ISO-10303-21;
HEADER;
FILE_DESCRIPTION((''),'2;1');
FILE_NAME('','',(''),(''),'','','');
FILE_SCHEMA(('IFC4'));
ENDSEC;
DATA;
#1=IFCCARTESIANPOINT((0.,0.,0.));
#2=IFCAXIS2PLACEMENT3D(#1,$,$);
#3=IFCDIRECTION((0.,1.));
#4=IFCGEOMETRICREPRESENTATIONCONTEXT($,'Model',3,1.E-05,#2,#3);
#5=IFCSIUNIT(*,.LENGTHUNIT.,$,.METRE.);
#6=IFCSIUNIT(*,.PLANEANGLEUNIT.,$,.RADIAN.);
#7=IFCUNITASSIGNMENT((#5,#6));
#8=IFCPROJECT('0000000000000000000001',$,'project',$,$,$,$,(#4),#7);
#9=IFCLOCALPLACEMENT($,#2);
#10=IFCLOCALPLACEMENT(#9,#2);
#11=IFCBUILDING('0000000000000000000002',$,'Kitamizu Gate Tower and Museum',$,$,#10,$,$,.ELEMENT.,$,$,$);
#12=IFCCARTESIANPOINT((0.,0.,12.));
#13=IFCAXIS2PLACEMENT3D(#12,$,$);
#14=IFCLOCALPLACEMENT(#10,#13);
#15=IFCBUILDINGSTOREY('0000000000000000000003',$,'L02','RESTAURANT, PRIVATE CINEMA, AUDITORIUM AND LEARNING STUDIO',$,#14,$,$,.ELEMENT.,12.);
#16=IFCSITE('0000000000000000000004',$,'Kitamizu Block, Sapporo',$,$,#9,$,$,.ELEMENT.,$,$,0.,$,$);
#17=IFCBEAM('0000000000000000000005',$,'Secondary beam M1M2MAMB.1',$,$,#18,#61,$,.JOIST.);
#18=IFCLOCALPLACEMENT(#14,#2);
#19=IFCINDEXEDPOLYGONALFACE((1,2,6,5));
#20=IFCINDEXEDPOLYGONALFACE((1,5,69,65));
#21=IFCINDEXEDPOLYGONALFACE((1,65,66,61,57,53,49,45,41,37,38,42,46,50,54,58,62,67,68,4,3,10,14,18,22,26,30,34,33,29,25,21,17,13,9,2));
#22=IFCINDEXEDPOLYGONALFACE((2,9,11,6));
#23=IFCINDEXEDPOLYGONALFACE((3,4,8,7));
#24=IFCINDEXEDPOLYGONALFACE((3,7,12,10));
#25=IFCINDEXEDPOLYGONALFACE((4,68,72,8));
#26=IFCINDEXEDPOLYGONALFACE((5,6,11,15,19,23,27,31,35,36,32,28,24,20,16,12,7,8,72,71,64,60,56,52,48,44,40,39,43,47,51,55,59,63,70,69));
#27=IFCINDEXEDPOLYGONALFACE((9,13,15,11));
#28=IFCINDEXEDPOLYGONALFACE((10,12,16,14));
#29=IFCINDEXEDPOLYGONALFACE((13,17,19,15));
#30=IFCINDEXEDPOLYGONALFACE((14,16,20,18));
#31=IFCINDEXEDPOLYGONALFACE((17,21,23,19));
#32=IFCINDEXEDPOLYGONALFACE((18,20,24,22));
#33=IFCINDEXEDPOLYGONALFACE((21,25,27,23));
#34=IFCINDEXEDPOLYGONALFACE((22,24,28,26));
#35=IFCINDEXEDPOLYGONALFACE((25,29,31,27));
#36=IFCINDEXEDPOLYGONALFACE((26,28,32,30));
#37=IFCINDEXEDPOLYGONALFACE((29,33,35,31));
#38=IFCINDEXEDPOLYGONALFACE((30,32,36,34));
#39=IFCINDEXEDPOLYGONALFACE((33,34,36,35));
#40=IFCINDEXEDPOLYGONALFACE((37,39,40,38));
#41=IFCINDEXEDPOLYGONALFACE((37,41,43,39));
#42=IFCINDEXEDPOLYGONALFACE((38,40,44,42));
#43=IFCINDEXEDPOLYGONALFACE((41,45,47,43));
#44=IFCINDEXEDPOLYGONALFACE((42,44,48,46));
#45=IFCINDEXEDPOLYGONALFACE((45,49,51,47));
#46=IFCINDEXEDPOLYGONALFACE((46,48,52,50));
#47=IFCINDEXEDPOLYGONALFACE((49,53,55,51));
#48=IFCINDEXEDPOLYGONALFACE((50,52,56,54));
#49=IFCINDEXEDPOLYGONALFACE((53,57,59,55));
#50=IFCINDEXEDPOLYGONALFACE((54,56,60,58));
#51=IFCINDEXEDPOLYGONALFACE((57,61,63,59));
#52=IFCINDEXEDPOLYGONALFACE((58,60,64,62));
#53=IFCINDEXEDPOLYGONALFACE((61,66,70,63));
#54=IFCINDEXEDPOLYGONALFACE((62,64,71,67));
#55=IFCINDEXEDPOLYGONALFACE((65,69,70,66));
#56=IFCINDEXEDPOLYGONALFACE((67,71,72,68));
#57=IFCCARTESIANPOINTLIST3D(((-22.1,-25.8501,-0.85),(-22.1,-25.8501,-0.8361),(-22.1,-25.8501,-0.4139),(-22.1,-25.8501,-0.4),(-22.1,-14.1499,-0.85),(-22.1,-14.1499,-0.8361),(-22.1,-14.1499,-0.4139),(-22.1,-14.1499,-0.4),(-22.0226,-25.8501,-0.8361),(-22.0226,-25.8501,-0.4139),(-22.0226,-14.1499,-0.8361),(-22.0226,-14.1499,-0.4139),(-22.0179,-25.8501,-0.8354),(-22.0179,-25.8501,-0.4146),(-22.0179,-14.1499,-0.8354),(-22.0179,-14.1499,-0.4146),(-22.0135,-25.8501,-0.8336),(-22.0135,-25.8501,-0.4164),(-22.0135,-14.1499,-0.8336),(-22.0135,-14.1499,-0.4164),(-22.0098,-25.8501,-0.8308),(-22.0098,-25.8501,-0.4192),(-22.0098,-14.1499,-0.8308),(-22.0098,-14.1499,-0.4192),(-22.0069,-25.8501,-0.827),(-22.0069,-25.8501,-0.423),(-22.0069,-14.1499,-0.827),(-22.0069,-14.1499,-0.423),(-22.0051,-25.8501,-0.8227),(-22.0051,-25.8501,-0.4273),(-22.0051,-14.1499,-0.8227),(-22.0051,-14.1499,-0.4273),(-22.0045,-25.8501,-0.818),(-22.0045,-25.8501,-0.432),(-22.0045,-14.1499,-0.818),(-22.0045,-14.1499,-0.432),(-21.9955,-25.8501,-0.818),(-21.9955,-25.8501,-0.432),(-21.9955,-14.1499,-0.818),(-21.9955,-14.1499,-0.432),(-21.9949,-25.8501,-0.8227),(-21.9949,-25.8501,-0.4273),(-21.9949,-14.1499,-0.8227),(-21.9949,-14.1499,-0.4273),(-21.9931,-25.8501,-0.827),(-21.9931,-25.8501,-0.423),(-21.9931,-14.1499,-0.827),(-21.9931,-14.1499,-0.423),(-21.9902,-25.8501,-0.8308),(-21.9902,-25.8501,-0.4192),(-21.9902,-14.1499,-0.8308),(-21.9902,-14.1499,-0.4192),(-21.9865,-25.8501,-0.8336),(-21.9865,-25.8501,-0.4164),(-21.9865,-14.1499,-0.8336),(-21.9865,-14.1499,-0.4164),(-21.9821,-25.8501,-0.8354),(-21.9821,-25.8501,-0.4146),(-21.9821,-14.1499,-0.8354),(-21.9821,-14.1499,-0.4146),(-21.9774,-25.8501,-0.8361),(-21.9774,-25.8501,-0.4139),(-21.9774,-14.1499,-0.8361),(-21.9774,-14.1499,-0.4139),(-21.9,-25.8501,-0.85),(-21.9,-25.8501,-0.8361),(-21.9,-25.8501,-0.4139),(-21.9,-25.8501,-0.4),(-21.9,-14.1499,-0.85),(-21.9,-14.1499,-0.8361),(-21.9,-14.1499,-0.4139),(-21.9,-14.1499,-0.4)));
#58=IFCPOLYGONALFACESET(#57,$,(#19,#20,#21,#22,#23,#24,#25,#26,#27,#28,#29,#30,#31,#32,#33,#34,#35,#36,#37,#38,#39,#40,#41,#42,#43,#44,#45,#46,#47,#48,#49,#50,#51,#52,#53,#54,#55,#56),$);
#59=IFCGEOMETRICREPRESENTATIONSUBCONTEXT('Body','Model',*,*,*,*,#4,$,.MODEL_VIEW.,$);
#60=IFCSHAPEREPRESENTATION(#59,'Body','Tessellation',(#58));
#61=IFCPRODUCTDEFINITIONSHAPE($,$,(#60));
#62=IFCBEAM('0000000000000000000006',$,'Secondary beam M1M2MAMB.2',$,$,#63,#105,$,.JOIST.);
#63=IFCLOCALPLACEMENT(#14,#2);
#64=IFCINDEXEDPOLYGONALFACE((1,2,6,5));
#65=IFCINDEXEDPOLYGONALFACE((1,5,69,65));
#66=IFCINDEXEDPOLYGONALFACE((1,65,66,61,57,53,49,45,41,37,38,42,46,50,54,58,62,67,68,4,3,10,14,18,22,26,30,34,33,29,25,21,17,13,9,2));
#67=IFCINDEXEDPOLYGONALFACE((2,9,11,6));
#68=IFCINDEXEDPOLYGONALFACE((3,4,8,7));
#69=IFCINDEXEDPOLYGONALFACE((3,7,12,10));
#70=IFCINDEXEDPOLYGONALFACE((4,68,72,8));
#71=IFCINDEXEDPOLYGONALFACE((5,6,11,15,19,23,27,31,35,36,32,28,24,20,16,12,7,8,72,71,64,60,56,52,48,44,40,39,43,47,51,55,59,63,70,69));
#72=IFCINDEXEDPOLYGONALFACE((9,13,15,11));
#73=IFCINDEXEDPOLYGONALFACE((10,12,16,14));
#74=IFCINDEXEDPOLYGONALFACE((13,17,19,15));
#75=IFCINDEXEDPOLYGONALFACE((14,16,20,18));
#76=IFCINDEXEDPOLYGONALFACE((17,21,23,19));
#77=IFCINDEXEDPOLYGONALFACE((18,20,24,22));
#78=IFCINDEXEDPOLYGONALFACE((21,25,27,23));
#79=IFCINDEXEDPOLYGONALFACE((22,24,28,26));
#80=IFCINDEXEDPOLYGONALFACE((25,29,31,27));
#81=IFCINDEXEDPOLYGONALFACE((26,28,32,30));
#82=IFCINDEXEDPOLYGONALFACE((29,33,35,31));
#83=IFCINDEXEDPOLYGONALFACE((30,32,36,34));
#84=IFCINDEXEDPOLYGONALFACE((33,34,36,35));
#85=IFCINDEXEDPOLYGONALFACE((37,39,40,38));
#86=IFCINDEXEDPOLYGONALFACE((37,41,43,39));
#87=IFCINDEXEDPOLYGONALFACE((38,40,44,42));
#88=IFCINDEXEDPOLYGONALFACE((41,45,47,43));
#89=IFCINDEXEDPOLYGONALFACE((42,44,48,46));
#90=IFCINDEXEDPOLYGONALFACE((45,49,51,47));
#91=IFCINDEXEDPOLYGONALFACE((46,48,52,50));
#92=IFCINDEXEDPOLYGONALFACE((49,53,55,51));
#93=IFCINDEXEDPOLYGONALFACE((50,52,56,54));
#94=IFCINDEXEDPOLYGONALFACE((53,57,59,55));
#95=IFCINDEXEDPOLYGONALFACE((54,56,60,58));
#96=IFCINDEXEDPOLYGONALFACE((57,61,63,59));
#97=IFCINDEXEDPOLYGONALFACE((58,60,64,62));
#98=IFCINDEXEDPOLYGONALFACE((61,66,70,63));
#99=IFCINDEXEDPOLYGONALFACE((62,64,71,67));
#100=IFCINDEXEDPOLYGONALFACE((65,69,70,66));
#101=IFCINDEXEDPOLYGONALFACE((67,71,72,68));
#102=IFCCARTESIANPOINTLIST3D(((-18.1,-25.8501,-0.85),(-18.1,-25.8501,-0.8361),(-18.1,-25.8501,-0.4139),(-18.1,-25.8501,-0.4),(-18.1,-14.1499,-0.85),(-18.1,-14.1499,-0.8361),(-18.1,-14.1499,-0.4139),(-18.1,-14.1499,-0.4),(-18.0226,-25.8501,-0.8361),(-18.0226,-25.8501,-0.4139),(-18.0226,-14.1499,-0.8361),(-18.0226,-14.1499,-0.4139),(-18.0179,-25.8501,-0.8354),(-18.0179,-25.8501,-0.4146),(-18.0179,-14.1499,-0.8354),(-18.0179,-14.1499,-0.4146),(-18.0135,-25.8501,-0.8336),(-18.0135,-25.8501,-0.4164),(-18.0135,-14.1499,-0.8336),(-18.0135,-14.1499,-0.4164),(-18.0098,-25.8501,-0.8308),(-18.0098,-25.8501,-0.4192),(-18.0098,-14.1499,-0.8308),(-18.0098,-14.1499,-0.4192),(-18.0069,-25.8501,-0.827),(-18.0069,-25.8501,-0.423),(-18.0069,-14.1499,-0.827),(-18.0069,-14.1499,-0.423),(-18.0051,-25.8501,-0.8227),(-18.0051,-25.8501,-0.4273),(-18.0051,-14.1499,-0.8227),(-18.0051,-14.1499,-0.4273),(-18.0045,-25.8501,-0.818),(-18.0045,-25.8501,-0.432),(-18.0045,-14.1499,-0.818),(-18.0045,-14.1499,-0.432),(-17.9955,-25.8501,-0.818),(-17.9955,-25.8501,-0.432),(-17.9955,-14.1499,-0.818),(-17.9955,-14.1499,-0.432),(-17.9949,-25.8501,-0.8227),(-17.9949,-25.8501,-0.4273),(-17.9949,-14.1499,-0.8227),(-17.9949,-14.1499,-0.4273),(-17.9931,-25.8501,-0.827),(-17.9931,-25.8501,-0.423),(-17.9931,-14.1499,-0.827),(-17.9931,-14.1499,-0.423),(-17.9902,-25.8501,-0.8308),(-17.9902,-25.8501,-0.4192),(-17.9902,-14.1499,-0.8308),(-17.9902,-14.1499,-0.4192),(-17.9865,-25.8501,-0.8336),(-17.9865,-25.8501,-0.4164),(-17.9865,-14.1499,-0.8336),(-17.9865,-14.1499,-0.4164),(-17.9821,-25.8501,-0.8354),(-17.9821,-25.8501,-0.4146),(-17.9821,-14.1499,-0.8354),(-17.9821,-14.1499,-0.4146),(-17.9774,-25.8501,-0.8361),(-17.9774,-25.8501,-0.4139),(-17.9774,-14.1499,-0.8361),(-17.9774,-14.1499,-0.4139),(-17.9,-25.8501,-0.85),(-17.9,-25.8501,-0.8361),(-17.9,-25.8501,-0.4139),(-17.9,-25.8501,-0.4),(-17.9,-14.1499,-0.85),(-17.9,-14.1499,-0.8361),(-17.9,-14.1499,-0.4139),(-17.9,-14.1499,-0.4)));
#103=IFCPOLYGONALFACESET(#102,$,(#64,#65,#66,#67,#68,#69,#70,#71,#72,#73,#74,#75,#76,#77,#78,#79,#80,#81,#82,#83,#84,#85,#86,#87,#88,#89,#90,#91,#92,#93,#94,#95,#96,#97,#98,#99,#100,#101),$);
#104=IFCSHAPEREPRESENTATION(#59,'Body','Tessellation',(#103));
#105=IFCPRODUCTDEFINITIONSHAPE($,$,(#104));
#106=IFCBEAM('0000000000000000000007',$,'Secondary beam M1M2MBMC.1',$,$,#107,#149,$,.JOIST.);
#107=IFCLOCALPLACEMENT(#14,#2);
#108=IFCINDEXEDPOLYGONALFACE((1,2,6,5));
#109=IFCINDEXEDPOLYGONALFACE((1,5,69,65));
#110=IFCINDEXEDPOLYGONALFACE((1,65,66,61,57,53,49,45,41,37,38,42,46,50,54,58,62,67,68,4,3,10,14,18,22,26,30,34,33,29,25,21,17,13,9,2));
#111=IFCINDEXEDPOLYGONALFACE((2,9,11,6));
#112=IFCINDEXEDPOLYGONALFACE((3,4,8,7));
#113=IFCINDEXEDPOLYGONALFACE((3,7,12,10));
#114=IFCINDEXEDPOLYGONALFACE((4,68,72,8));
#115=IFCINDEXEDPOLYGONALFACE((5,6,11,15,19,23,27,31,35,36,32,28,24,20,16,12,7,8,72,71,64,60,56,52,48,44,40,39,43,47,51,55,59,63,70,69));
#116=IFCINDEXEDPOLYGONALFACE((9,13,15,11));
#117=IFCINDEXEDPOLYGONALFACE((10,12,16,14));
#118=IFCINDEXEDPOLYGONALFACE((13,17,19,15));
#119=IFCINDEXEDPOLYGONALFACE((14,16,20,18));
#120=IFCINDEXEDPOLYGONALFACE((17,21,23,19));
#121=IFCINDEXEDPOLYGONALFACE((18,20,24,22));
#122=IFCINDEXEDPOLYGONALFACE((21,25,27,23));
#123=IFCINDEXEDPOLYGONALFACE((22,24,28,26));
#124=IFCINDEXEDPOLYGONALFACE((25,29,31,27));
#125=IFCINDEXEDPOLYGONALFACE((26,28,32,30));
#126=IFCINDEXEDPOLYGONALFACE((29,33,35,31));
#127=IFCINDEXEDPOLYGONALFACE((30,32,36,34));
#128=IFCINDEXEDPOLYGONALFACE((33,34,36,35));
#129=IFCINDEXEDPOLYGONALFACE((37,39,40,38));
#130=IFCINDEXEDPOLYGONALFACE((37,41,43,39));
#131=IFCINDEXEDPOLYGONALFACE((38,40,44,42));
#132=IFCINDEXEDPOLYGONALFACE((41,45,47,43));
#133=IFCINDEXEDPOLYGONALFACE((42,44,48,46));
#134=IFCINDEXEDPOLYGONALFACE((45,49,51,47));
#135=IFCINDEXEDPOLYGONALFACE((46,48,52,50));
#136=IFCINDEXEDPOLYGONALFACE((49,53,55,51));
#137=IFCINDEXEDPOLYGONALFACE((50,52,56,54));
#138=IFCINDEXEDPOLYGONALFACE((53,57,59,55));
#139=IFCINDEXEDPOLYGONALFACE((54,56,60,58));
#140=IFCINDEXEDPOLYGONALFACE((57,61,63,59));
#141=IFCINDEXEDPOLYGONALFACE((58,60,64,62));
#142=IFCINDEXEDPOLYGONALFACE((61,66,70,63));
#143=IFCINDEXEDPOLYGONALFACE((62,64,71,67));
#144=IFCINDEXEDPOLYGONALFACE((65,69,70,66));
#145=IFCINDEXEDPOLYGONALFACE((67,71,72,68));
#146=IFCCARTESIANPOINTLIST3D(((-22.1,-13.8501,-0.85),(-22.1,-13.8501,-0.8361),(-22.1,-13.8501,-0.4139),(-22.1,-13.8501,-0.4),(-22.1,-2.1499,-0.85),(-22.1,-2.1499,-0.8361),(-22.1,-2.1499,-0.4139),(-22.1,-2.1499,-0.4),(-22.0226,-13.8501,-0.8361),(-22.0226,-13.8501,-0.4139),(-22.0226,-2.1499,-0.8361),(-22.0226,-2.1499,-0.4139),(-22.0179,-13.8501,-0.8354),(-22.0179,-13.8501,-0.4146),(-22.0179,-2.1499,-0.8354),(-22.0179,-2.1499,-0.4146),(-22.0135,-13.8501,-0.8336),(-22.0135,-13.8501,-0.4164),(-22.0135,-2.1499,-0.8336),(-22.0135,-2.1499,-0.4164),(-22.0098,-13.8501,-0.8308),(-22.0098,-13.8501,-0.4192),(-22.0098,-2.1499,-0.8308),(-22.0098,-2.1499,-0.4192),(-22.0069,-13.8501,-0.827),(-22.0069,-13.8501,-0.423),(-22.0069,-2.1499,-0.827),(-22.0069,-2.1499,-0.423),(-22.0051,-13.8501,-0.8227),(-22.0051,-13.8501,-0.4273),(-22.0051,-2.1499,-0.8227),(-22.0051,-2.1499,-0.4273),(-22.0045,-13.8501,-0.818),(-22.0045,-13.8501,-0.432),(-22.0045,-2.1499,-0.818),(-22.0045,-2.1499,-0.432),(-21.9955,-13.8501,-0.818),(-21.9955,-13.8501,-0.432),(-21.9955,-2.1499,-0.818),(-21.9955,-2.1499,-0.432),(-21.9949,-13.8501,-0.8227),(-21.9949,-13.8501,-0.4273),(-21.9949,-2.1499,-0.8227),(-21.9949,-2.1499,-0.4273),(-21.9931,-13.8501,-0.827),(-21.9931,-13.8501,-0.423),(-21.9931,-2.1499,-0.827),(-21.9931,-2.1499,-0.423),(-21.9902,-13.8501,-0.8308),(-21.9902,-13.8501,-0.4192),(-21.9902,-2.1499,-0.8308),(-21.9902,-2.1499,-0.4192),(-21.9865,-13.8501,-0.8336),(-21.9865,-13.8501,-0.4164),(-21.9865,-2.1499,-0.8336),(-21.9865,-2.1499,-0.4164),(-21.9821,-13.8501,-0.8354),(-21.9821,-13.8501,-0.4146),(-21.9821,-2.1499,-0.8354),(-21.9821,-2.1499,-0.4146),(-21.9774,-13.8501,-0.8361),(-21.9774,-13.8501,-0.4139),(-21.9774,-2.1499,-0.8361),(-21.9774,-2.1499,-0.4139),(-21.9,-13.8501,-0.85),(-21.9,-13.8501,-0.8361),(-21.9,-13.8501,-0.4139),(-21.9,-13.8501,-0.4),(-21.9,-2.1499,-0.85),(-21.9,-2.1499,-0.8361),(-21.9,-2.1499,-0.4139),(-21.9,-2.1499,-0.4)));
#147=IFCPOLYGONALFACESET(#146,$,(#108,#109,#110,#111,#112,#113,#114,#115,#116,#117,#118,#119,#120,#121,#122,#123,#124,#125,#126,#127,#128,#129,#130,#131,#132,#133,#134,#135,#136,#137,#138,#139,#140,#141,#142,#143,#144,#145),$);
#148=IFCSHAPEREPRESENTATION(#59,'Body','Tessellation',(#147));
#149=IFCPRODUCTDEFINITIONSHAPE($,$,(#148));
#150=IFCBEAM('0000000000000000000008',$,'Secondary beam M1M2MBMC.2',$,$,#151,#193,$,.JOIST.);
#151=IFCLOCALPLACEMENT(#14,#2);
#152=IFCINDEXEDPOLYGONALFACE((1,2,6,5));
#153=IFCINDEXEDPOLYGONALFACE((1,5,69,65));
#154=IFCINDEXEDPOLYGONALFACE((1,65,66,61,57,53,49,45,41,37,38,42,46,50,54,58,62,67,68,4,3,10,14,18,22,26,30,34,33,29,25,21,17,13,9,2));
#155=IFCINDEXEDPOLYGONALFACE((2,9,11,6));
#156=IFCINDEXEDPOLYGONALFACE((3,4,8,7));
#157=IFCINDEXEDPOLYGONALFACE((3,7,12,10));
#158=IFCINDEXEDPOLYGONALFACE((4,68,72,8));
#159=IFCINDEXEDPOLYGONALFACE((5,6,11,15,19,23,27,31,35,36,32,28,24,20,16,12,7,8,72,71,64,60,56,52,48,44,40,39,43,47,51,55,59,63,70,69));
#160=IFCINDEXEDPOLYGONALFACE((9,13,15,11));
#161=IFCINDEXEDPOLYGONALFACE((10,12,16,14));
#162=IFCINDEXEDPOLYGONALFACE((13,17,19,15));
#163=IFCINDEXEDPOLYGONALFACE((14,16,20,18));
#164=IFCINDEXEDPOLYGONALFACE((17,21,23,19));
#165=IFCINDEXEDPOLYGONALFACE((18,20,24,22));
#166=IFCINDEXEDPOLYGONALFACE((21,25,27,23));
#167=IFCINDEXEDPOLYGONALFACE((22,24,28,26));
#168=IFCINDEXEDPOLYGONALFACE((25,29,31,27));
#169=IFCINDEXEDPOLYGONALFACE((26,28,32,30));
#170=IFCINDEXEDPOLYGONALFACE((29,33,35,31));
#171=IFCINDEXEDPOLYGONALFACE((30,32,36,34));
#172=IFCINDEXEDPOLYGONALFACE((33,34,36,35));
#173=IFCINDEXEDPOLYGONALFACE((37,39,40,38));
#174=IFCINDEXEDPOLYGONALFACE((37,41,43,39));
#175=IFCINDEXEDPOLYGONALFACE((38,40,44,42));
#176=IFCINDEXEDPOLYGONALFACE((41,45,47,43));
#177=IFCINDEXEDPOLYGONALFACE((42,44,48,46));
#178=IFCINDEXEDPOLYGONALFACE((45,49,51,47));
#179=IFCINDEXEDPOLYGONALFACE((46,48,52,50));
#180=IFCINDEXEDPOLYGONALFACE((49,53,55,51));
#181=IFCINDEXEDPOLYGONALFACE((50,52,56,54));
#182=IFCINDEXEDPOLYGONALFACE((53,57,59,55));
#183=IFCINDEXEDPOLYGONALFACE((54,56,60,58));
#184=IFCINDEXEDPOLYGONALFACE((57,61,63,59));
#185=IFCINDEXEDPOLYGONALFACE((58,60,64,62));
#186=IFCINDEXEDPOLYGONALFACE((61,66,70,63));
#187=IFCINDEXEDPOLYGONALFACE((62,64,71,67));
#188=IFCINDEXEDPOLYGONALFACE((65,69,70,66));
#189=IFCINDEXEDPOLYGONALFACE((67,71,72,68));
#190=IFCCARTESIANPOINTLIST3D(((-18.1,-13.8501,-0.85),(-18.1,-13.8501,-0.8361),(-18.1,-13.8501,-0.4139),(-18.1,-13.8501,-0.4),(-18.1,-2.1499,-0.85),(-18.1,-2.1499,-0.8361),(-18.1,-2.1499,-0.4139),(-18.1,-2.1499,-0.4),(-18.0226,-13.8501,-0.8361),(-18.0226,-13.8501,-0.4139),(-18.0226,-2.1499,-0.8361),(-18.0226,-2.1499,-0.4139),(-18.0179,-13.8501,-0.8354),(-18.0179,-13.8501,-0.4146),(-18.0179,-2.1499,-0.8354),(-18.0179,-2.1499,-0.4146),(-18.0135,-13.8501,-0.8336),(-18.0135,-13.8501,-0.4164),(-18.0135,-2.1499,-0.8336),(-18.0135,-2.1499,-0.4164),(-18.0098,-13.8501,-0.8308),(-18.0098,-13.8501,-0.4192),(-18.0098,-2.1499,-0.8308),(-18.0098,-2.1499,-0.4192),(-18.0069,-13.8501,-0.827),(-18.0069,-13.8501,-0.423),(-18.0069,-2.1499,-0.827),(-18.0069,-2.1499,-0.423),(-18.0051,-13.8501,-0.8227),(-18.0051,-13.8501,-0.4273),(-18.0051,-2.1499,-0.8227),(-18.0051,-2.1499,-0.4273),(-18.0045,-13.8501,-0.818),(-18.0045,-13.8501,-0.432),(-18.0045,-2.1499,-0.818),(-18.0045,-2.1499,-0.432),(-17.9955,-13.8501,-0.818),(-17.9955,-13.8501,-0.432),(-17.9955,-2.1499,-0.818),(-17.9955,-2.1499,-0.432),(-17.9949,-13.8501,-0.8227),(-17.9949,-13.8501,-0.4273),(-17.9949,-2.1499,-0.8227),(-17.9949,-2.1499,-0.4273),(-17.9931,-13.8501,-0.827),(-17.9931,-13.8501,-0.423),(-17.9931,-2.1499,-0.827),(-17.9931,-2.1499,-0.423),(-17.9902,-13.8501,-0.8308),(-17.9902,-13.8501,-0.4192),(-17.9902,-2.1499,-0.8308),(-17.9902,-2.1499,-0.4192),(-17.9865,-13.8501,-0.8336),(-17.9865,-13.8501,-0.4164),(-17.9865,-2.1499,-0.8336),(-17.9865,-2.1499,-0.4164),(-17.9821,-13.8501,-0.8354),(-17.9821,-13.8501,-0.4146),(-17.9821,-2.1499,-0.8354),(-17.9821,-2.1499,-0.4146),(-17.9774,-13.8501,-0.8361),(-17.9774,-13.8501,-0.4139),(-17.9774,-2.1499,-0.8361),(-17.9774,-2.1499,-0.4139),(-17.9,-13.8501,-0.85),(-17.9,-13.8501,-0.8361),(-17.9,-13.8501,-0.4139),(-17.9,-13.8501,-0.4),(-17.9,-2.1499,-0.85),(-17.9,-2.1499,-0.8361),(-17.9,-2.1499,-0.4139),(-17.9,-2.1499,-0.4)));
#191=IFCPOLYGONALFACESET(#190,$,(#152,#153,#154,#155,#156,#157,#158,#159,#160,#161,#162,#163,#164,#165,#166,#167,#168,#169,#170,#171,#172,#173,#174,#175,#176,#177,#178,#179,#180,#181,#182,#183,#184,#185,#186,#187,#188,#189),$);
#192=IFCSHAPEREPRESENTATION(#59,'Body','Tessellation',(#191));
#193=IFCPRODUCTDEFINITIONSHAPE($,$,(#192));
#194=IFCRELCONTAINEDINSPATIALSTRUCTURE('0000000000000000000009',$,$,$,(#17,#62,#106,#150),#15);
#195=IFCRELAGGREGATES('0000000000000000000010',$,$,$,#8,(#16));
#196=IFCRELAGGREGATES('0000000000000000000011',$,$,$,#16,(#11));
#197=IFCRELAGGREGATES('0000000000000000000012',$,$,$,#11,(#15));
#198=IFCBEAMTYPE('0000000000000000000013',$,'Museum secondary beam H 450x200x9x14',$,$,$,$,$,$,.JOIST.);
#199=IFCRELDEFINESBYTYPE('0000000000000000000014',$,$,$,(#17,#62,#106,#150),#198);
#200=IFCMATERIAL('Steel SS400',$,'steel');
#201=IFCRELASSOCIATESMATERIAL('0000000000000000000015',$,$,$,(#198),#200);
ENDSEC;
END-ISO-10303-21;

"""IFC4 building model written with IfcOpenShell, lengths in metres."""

from ifc_helpers import new_model, si_unit, direction, frame, origin, origin_2d, place, context, subcontext, project, spatial, i_section, extrude, material, material_profile, profile_set, type_object, element, save


model = new_model("IFC4")

# Units and contexts
model_context = context("Model", 3, precision=1e-05, world=origin(), true_north=direction((0.0, 1.0)))
body_context = subcontext(model_context, "Body", "Model", "MODEL_VIEW")
ifc_project = project(units=[si_unit("LENGTHUNIT", "METRE"), si_unit("PLANEANGLEUNIT", "RADIAN")], contexts=[model_context])

# Site, building, storey
site_placement = place(None, origin())
site = spatial("IfcSite", under=ifc_project, at=site_placement, Name="Kitamizu Block, Sapporo", CompositionType="ELEMENT", RefElevation=0.0)
building_placement = place(site_placement, origin())
building = spatial("IfcBuilding", under=site, at=building_placement, Name="Kitamizu Gate Tower and Museum", CompositionType="ELEMENT")
storey_placement = place(building_placement, frame((0.0, 0.0, 12.0)))
storey = spatial("IfcBuildingStorey", under=building, at=storey_placement, Name="L02", Description="RESTAURANT, PRIVATE CINEMA, AUDITORIUM AND LEARNING STUDIO", CompositionType="ELEMENT", Elevation=12.0)

# Beams
ifc_material_1 = material(Name="Steel SS400", Category="steel")
ifc_material_profile_1 = material_profile(ifc_material_1, i_section(OverallWidth=0.2, OverallDepth=0.45, WebThickness=0.009, FlangeThickness=0.0139, FilletRadius=0.0181, at=origin_2d()), Name="H-450x200x9x14")
ifc_profile_set_1 = profile_set([ifc_material_profile_1], Name="Steel SS400")
beam_type_1 = type_object("IfcBeamType", Name="Museum secondary beam H 450x200x9x14", PredefinedType="JOIST", material=ifc_profile_set_1)
for number, where, z_axis, x_axis, name in (
    (1, (-22.0, -25.8501, -0.625), (0.0, 1.0, 0.0), (-1.0, 0.0, 0.0), "Secondary beam M1M2MAMB.1"),
    (2, (-18.0, -25.8501, -0.625), (0.0, 1.0, 0.0), (-1.0, 0.0, 0.0), "Secondary beam M1M2MAMB.2"),
    (3, (-22.0, -13.8501, -0.625), (0.0, 1.0, 0.0), (-1.0, 0.0, 0.0), "Secondary beam M1M2MBMC.1"),
    (4, (-18.0, -13.8501, -0.625), (0.0, 1.0, 0.0), (-1.0, 0.0, 0.0), "Secondary beam M1M2MBMC.2"),
):
    element("IfcBeam", number, at=place(storey_placement, frame(where, z_axis=z_axis, x_axis=x_axis)), inside=storey, type_object=beam_type_1, Name=name, PredefinedType="JOIST", context=body_context, shape_type="SweptSolid", body=[
        extrude(i_section(OverallWidth=0.2, OverallDepth=0.45, WebThickness=0.009, FlangeThickness=0.0139, FilletRadius=0.0181, at=origin_2d()), origin(), (0.0, 0.0, 1.0), 11.7002),
    ])

save(model, "model.ifc")
